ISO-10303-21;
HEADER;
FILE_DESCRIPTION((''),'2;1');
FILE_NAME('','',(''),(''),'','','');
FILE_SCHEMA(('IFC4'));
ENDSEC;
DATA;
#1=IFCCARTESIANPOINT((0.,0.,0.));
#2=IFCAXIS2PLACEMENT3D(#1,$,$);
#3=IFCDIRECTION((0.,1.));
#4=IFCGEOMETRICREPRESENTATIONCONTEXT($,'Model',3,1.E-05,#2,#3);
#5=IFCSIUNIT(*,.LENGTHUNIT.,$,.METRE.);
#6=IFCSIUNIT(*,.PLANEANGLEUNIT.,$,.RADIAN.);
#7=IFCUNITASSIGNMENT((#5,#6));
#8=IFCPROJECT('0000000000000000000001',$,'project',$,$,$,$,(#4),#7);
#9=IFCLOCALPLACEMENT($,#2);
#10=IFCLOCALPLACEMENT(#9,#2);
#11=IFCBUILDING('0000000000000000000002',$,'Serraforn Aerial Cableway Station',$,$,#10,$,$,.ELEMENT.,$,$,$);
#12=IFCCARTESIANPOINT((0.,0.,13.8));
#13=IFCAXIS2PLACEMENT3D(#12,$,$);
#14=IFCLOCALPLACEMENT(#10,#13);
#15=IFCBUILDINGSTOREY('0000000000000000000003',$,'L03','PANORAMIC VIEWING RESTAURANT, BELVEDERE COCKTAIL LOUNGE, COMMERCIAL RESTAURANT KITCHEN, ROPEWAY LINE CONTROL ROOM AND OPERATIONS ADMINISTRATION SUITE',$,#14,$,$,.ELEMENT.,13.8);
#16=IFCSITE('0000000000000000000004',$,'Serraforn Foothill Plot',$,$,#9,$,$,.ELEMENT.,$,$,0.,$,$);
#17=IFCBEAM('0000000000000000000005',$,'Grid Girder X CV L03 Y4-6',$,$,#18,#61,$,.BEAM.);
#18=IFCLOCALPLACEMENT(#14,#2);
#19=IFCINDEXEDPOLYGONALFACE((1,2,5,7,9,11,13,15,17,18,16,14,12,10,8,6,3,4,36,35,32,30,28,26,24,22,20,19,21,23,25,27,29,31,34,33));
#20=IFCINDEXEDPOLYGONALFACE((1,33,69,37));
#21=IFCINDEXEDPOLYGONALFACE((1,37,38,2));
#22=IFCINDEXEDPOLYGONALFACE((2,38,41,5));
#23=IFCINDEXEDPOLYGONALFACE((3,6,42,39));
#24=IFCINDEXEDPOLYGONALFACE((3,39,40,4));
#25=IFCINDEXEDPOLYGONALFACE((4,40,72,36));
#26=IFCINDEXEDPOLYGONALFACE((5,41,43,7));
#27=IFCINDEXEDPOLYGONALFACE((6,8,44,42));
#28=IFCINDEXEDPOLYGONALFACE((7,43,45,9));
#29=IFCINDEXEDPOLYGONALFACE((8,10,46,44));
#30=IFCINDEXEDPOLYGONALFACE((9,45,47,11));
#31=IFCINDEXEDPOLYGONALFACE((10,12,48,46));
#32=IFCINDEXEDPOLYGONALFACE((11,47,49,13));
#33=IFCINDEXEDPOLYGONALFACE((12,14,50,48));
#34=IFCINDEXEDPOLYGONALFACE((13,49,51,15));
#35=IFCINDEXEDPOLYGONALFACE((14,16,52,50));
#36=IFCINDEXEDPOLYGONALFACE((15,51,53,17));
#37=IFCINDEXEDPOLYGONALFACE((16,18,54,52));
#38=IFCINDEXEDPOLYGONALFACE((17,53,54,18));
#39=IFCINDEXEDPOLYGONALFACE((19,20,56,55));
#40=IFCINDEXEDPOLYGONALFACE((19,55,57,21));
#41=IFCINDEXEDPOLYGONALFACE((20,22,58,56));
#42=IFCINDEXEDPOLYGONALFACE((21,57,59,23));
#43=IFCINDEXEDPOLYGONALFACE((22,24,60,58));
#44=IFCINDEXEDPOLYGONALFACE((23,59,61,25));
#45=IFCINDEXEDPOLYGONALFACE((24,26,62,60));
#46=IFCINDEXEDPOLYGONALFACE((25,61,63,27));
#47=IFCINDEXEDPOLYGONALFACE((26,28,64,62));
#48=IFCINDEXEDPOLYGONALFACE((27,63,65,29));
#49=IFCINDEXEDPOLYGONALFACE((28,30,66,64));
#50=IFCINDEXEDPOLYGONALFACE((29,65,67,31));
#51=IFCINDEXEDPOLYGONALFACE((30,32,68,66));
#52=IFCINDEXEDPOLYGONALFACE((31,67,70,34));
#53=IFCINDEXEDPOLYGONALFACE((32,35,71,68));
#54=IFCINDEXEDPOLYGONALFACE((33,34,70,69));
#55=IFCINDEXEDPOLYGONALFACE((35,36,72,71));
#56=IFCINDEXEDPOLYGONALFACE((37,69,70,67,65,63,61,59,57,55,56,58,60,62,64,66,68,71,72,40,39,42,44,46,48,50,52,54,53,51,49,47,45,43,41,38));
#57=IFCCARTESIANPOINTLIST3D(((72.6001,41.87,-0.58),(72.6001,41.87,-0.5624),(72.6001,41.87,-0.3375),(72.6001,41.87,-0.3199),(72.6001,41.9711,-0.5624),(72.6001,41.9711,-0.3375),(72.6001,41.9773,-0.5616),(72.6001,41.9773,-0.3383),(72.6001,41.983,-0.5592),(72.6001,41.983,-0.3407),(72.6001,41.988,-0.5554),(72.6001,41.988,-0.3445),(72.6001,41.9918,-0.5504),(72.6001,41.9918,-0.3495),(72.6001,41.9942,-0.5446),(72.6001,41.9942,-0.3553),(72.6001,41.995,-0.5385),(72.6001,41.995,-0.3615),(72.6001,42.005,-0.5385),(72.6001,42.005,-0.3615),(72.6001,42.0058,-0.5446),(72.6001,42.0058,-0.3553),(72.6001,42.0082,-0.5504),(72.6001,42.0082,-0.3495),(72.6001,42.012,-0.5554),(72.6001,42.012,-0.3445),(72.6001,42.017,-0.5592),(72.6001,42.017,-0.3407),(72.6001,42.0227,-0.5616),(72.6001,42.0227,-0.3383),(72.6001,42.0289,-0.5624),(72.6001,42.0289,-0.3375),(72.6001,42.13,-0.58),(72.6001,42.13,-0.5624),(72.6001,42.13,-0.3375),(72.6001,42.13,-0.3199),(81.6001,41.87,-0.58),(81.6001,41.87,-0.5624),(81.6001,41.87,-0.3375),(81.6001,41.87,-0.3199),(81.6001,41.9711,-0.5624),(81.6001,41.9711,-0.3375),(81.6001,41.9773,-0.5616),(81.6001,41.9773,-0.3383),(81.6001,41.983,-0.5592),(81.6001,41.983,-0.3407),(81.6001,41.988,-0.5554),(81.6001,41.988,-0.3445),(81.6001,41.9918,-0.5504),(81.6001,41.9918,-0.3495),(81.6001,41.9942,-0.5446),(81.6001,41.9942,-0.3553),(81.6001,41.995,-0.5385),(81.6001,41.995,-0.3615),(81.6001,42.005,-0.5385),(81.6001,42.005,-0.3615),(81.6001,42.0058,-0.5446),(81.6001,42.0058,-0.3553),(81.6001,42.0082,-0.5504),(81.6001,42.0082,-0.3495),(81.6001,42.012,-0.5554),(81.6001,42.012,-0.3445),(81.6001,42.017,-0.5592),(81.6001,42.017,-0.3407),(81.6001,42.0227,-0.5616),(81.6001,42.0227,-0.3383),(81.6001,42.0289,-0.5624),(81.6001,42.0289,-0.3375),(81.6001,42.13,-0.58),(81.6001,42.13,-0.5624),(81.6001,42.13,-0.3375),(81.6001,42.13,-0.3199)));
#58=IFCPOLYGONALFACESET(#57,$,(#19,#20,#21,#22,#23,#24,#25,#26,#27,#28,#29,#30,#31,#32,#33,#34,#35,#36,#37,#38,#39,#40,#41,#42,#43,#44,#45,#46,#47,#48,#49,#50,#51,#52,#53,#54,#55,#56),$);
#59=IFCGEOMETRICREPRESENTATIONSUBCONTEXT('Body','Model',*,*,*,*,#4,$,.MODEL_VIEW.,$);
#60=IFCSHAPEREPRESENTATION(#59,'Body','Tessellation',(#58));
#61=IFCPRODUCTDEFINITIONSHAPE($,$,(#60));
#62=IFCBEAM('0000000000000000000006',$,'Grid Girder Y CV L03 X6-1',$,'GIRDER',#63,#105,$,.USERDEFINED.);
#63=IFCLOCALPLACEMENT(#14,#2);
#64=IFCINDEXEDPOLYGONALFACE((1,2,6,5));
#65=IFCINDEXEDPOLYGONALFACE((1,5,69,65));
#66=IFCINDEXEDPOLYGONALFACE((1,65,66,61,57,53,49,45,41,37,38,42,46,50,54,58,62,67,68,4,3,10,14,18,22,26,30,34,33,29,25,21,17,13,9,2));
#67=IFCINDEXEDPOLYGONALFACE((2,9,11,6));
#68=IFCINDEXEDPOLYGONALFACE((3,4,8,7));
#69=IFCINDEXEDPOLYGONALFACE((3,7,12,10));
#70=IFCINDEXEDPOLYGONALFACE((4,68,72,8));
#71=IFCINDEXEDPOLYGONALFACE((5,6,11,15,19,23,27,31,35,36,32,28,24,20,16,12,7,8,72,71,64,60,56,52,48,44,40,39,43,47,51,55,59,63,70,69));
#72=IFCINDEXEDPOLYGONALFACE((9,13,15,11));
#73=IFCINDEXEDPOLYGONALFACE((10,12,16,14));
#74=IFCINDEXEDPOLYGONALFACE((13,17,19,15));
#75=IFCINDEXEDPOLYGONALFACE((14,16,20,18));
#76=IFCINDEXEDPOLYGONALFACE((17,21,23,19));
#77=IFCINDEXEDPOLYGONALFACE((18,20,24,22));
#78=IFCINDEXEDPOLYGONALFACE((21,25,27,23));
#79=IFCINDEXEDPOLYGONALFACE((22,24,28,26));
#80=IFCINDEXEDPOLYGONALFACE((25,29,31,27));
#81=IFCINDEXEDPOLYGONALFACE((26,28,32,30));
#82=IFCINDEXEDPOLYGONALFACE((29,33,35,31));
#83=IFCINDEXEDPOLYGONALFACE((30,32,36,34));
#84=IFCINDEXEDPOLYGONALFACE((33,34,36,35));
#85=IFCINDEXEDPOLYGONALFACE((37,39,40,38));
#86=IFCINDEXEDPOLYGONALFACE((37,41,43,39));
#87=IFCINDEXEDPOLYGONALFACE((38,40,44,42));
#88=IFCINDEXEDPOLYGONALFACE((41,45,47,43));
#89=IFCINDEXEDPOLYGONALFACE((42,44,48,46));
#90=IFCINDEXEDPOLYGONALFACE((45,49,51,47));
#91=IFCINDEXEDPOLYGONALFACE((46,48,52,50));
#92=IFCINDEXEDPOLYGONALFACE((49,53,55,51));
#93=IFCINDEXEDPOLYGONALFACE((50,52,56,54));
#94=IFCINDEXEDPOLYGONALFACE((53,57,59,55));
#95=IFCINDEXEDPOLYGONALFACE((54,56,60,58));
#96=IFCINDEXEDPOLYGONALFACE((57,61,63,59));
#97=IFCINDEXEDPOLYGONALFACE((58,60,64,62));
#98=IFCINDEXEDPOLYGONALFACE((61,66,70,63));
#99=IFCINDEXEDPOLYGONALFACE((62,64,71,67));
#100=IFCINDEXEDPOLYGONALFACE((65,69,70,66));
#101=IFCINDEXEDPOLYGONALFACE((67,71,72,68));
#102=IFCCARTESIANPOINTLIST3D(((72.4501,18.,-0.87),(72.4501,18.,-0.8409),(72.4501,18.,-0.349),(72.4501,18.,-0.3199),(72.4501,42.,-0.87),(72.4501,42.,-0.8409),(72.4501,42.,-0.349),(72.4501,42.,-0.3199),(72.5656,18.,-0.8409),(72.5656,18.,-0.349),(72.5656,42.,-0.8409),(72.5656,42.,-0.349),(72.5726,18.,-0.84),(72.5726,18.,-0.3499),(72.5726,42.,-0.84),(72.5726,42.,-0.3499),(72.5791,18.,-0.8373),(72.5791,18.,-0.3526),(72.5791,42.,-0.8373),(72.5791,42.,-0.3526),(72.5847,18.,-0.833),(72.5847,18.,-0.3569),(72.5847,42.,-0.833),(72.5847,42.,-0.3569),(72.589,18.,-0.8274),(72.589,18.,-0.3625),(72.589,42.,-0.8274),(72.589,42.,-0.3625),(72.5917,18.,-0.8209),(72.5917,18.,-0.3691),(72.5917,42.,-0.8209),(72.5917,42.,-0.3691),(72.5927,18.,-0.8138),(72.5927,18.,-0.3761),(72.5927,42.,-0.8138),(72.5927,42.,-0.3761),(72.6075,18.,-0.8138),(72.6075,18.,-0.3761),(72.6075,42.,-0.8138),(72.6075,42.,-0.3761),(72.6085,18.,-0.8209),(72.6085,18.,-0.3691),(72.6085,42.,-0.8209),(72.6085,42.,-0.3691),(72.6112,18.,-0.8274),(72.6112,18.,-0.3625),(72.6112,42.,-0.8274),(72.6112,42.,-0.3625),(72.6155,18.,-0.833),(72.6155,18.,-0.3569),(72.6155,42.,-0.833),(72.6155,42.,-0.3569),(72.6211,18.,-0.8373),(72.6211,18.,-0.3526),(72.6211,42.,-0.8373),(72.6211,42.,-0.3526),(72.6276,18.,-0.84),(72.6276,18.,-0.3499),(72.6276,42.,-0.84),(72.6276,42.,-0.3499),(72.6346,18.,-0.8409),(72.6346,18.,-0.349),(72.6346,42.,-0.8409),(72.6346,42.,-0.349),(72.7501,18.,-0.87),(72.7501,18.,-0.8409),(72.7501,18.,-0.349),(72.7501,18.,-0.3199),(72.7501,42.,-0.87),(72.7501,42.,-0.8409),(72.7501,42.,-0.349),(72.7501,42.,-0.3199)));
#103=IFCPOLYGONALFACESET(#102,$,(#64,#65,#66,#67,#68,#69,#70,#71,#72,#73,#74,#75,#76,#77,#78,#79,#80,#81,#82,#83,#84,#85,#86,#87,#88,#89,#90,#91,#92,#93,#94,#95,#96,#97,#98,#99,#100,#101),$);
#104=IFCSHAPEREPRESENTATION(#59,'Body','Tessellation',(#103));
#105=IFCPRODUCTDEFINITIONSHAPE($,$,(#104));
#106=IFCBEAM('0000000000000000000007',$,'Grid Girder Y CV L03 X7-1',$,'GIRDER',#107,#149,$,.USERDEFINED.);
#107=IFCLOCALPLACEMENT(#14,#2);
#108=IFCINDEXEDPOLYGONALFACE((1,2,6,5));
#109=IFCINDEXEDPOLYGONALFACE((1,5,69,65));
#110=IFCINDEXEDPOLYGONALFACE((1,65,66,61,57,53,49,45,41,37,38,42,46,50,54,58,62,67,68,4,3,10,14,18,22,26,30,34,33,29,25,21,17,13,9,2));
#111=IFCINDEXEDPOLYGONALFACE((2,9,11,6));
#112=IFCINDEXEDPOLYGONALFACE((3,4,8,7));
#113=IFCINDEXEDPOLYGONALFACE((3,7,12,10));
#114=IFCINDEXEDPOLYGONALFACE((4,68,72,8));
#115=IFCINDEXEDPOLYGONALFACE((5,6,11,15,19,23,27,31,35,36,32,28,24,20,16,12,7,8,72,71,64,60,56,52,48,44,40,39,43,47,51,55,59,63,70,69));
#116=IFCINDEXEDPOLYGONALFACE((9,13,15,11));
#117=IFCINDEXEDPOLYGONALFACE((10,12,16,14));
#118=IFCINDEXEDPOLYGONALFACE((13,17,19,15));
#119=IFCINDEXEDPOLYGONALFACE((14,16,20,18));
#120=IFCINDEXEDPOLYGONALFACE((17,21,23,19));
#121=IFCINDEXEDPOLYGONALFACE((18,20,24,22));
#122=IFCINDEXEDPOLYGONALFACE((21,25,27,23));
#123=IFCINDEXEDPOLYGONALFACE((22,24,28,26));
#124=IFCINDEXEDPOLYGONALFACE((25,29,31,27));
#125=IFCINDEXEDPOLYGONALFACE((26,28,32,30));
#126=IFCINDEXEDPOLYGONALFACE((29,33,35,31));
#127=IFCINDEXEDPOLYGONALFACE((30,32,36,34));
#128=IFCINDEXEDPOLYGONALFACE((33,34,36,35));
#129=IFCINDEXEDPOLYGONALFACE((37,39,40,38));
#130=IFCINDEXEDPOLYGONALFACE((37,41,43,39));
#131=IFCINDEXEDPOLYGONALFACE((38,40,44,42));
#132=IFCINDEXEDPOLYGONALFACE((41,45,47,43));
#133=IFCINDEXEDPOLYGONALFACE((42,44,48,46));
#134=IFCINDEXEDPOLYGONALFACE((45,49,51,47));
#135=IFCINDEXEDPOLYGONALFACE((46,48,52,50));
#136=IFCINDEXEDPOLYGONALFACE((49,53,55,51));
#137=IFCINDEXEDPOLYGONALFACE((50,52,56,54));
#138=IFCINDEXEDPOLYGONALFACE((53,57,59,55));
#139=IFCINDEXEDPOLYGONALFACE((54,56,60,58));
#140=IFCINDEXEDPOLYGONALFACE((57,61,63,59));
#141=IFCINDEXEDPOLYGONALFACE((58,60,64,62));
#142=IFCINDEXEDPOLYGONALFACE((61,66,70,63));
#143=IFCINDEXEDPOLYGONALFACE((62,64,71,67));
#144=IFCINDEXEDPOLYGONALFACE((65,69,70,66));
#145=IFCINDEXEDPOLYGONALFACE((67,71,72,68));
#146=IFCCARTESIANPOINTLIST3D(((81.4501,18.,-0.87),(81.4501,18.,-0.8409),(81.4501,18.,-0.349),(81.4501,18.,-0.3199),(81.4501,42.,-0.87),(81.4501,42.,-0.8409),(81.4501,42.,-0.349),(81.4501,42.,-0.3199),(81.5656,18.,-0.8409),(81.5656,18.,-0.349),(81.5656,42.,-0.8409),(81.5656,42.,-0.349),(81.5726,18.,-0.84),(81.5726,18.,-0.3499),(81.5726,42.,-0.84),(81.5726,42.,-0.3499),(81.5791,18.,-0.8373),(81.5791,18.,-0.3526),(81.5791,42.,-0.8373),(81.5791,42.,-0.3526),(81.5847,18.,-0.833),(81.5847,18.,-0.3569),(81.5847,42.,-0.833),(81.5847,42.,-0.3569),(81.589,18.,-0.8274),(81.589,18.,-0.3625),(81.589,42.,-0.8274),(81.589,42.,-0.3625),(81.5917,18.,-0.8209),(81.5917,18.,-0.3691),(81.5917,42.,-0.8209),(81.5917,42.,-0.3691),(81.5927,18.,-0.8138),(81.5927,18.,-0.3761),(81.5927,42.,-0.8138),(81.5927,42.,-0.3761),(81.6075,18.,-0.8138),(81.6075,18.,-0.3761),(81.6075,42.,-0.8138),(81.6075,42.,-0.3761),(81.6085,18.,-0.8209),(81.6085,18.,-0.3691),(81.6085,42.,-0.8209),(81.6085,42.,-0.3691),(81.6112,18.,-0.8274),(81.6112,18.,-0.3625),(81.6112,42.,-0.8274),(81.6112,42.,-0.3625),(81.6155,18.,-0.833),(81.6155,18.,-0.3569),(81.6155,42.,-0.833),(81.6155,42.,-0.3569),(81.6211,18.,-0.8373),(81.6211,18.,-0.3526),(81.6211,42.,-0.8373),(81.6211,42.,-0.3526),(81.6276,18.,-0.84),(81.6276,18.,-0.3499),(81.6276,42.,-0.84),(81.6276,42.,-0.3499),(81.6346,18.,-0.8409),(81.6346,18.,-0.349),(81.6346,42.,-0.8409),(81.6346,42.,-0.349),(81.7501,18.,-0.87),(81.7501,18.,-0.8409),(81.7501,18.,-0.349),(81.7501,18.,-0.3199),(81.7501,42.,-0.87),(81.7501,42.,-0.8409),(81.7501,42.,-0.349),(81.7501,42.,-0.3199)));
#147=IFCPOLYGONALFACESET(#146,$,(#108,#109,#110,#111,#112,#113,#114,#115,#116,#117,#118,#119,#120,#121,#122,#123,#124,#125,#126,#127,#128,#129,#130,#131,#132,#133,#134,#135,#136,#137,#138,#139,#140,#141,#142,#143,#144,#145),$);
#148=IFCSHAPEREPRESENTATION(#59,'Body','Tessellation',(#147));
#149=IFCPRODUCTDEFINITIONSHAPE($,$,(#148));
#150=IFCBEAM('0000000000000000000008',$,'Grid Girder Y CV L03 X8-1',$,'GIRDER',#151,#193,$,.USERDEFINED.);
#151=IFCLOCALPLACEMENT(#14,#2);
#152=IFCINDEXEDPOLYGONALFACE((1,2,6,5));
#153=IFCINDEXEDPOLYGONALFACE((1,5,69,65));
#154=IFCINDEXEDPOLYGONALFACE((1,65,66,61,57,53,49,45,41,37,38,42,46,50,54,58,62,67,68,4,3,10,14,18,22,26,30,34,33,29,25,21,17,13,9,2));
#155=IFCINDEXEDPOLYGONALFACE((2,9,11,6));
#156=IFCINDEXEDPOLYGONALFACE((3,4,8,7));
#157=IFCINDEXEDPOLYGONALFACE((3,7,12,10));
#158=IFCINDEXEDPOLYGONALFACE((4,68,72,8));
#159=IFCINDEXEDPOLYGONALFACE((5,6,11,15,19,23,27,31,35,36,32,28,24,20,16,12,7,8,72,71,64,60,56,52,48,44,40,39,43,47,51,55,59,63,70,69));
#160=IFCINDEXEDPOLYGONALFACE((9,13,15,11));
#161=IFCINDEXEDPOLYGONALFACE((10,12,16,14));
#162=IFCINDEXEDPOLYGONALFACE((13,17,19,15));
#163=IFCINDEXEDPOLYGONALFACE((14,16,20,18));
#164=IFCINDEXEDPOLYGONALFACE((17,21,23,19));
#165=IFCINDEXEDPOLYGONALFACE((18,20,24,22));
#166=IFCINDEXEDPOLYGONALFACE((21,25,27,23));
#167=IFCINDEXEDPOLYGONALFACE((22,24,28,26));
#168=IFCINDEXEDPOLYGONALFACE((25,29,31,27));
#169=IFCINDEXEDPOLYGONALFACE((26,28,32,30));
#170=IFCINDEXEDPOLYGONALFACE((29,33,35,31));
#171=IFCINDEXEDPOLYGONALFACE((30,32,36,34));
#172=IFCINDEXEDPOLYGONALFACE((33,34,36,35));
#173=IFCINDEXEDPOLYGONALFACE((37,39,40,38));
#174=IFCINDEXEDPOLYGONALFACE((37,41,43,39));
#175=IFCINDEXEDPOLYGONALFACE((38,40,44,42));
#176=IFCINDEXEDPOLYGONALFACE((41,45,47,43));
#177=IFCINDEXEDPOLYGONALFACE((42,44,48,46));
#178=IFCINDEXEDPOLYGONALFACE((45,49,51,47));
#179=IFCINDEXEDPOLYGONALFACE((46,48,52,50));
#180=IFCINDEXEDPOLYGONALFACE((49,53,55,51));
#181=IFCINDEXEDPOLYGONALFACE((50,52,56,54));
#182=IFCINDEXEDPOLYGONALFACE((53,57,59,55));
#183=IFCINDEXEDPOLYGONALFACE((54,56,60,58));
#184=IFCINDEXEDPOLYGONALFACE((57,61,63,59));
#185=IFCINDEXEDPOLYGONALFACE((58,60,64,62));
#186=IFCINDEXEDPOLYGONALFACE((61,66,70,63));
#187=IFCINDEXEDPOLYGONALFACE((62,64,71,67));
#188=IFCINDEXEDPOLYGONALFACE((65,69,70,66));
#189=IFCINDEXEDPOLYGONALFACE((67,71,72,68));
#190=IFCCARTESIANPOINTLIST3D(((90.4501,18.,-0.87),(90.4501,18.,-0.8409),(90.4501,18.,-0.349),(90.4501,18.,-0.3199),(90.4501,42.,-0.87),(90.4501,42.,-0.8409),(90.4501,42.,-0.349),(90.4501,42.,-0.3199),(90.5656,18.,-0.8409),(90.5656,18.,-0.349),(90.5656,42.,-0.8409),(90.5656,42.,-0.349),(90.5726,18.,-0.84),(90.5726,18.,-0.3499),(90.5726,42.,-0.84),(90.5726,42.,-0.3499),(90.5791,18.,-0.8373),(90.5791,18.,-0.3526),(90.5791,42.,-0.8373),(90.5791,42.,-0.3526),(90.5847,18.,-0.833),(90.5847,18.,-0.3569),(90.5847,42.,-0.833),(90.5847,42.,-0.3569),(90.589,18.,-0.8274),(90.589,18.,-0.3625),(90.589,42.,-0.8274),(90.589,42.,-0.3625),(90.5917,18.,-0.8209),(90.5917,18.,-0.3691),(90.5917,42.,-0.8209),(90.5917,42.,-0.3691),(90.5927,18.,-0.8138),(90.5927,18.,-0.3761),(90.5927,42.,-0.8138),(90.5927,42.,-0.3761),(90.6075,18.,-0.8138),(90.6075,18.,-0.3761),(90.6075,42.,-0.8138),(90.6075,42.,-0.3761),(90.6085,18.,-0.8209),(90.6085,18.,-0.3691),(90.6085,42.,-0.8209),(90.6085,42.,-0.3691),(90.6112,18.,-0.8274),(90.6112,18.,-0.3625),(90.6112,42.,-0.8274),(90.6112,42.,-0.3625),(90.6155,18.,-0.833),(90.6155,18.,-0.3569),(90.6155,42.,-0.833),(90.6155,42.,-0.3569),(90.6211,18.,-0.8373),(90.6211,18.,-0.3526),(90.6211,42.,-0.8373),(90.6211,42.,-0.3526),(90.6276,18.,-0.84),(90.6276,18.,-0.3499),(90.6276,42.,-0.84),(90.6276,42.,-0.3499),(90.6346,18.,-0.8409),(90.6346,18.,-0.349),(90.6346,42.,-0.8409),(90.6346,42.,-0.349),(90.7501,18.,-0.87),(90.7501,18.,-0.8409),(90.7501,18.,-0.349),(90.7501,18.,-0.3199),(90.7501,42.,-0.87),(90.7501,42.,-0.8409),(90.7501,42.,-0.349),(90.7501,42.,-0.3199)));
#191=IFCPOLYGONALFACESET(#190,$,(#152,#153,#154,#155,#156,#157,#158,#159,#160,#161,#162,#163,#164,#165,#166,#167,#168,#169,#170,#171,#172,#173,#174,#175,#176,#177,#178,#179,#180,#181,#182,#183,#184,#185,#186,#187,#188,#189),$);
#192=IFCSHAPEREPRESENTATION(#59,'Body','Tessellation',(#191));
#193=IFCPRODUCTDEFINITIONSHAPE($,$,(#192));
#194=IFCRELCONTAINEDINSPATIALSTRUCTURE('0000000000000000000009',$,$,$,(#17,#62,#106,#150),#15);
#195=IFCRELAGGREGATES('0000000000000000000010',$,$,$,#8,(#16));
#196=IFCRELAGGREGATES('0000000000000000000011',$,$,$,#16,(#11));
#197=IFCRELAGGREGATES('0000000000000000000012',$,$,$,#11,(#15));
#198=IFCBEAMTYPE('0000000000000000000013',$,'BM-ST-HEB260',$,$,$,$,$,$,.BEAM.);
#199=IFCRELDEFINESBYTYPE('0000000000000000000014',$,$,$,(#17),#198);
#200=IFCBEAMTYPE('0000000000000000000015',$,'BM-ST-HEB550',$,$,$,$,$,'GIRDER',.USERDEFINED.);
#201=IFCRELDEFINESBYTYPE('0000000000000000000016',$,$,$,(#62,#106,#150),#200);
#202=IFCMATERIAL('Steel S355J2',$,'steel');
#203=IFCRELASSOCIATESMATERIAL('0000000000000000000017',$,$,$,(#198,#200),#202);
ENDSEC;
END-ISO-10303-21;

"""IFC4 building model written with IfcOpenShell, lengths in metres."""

from ifc_helpers import new_model, si_unit, direction, frame, origin, origin_2d, place, context, subcontext, project, spatial, i_section, extrude, material, material_profile, profile_set, type_object, element, save


model = new_model("IFC4")

# Units and contexts
model_context = context("Model", 3, precision=1e-05, world=origin(), true_north=direction((0.0, 1.0)))
body_context = subcontext(model_context, "Body", "Model", "MODEL_VIEW")
ifc_project = project(units=[si_unit("LENGTHUNIT", "METRE"), si_unit("PLANEANGLEUNIT", "RADIAN")], contexts=[model_context])

# Site, building, storey
site_placement = place(None, origin())
site = spatial("IfcSite", under=ifc_project, at=site_placement, Name="Serraforn Foothill Plot", CompositionType="ELEMENT", RefElevation=0.0)
building_placement = place(site_placement, origin())
building = spatial("IfcBuilding", under=site, at=building_placement, Name="Serraforn Aerial Cableway Station", CompositionType="ELEMENT")
storey_placement = place(building_placement, frame((0.0, 0.0, 13.8)))
storey = spatial("IfcBuildingStorey", under=building, at=storey_placement, Name="L03", Description="PANORAMIC VIEWING RESTAURANT, BELVEDERE COCKTAIL LOUNGE, COMMERCIAL RESTAURANT KITCHEN, ROPEWAY LINE CONTROL ROOM AND OPERATIONS ADMINISTRATION SUITE", CompositionType="ELEMENT", Elevation=13.8)

# Shared definitions
ifc_material_1 = material(Name="Steel S355J2", Category="steel")

# Beams
ifc_material_profile_1 = material_profile(ifc_material_1, i_section(OverallWidth=0.26, OverallDepth=0.26, WebThickness=0.01, FlangeThickness=0.0176, FilletRadius=0.0239, at=origin_2d()), Name="HEB 260")
ifc_profile_set_1 = profile_set([ifc_material_profile_1], Name="Steel S355J2")
beam_type_1 = type_object("IfcBeamType", Name="BM-ST-HEB260", PredefinedType="BEAM", material=ifc_profile_set_1)
for number, where, z_axis, x_axis, name in (
    (1, (72.6001, 42.0, -0.45), (1.0, 0.0, 0.0), (0.0, 1.0, 0.0), "Grid Girder X CV L03 Y4-6"),
):
    element("IfcBeam", number, at=place(storey_placement, frame(where, z_axis=z_axis, x_axis=x_axis)), inside=storey, type_object=beam_type_1, Name=name, PredefinedType="BEAM", context=body_context, shape_type="SweptSolid", body=[
        extrude(i_section(OverallWidth=0.26, OverallDepth=0.26, WebThickness=0.01, FlangeThickness=0.0176, FilletRadius=0.0239, at=origin_2d()), origin(), (0.0, 0.0, 1.0), 9.0),
    ])
ifc_material_profile_2 = material_profile(ifc_material_1, i_section(OverallWidth=0.3, OverallDepth=0.55, WebThickness=0.0149, FlangeThickness=0.0291, FilletRadius=0.0271, at=origin_2d()), Name="HEB 550")
ifc_profile_set_2 = profile_set([ifc_material_profile_2], Name="Steel S355J2")
beam_type_2 = type_object("IfcBeamType", Name="BM-ST-HEB550", ElementType="GIRDER", PredefinedType="USERDEFINED", material=ifc_profile_set_2)
for number, where, z_axis, x_axis, name in (
    (2, (72.6001, 18.0, -0.595), (0.0, 1.0, 0.0), (-1.0, 0.0, 0.0), "Grid Girder Y CV L03 X6-1"),
    (3, (81.6001, 18.0, -0.595), (0.0, 1.0, 0.0), (-1.0, 0.0, 0.0), "Grid Girder Y CV L03 X7-1"),
    (4, (90.6001, 18.0, -0.595), (0.0, 1.0, 0.0), (-1.0, 0.0, 0.0), "Grid Girder Y CV L03 X8-1"),
):
    element("IfcBeam", number, at=place(storey_placement, frame(where, z_axis=z_axis, x_axis=x_axis)), inside=storey, type_object=beam_type_2, Name=name, ObjectType="GIRDER", PredefinedType="USERDEFINED", context=body_context, shape_type="SweptSolid", body=[
        extrude(i_section(OverallWidth=0.3, OverallDepth=0.55, WebThickness=0.0149, FlangeThickness=0.0291, FilletRadius=0.0271, at=origin_2d()), origin(), (0.0, 0.0, 1.0), 24.0),
    ])

save(model, "model.ifc")
